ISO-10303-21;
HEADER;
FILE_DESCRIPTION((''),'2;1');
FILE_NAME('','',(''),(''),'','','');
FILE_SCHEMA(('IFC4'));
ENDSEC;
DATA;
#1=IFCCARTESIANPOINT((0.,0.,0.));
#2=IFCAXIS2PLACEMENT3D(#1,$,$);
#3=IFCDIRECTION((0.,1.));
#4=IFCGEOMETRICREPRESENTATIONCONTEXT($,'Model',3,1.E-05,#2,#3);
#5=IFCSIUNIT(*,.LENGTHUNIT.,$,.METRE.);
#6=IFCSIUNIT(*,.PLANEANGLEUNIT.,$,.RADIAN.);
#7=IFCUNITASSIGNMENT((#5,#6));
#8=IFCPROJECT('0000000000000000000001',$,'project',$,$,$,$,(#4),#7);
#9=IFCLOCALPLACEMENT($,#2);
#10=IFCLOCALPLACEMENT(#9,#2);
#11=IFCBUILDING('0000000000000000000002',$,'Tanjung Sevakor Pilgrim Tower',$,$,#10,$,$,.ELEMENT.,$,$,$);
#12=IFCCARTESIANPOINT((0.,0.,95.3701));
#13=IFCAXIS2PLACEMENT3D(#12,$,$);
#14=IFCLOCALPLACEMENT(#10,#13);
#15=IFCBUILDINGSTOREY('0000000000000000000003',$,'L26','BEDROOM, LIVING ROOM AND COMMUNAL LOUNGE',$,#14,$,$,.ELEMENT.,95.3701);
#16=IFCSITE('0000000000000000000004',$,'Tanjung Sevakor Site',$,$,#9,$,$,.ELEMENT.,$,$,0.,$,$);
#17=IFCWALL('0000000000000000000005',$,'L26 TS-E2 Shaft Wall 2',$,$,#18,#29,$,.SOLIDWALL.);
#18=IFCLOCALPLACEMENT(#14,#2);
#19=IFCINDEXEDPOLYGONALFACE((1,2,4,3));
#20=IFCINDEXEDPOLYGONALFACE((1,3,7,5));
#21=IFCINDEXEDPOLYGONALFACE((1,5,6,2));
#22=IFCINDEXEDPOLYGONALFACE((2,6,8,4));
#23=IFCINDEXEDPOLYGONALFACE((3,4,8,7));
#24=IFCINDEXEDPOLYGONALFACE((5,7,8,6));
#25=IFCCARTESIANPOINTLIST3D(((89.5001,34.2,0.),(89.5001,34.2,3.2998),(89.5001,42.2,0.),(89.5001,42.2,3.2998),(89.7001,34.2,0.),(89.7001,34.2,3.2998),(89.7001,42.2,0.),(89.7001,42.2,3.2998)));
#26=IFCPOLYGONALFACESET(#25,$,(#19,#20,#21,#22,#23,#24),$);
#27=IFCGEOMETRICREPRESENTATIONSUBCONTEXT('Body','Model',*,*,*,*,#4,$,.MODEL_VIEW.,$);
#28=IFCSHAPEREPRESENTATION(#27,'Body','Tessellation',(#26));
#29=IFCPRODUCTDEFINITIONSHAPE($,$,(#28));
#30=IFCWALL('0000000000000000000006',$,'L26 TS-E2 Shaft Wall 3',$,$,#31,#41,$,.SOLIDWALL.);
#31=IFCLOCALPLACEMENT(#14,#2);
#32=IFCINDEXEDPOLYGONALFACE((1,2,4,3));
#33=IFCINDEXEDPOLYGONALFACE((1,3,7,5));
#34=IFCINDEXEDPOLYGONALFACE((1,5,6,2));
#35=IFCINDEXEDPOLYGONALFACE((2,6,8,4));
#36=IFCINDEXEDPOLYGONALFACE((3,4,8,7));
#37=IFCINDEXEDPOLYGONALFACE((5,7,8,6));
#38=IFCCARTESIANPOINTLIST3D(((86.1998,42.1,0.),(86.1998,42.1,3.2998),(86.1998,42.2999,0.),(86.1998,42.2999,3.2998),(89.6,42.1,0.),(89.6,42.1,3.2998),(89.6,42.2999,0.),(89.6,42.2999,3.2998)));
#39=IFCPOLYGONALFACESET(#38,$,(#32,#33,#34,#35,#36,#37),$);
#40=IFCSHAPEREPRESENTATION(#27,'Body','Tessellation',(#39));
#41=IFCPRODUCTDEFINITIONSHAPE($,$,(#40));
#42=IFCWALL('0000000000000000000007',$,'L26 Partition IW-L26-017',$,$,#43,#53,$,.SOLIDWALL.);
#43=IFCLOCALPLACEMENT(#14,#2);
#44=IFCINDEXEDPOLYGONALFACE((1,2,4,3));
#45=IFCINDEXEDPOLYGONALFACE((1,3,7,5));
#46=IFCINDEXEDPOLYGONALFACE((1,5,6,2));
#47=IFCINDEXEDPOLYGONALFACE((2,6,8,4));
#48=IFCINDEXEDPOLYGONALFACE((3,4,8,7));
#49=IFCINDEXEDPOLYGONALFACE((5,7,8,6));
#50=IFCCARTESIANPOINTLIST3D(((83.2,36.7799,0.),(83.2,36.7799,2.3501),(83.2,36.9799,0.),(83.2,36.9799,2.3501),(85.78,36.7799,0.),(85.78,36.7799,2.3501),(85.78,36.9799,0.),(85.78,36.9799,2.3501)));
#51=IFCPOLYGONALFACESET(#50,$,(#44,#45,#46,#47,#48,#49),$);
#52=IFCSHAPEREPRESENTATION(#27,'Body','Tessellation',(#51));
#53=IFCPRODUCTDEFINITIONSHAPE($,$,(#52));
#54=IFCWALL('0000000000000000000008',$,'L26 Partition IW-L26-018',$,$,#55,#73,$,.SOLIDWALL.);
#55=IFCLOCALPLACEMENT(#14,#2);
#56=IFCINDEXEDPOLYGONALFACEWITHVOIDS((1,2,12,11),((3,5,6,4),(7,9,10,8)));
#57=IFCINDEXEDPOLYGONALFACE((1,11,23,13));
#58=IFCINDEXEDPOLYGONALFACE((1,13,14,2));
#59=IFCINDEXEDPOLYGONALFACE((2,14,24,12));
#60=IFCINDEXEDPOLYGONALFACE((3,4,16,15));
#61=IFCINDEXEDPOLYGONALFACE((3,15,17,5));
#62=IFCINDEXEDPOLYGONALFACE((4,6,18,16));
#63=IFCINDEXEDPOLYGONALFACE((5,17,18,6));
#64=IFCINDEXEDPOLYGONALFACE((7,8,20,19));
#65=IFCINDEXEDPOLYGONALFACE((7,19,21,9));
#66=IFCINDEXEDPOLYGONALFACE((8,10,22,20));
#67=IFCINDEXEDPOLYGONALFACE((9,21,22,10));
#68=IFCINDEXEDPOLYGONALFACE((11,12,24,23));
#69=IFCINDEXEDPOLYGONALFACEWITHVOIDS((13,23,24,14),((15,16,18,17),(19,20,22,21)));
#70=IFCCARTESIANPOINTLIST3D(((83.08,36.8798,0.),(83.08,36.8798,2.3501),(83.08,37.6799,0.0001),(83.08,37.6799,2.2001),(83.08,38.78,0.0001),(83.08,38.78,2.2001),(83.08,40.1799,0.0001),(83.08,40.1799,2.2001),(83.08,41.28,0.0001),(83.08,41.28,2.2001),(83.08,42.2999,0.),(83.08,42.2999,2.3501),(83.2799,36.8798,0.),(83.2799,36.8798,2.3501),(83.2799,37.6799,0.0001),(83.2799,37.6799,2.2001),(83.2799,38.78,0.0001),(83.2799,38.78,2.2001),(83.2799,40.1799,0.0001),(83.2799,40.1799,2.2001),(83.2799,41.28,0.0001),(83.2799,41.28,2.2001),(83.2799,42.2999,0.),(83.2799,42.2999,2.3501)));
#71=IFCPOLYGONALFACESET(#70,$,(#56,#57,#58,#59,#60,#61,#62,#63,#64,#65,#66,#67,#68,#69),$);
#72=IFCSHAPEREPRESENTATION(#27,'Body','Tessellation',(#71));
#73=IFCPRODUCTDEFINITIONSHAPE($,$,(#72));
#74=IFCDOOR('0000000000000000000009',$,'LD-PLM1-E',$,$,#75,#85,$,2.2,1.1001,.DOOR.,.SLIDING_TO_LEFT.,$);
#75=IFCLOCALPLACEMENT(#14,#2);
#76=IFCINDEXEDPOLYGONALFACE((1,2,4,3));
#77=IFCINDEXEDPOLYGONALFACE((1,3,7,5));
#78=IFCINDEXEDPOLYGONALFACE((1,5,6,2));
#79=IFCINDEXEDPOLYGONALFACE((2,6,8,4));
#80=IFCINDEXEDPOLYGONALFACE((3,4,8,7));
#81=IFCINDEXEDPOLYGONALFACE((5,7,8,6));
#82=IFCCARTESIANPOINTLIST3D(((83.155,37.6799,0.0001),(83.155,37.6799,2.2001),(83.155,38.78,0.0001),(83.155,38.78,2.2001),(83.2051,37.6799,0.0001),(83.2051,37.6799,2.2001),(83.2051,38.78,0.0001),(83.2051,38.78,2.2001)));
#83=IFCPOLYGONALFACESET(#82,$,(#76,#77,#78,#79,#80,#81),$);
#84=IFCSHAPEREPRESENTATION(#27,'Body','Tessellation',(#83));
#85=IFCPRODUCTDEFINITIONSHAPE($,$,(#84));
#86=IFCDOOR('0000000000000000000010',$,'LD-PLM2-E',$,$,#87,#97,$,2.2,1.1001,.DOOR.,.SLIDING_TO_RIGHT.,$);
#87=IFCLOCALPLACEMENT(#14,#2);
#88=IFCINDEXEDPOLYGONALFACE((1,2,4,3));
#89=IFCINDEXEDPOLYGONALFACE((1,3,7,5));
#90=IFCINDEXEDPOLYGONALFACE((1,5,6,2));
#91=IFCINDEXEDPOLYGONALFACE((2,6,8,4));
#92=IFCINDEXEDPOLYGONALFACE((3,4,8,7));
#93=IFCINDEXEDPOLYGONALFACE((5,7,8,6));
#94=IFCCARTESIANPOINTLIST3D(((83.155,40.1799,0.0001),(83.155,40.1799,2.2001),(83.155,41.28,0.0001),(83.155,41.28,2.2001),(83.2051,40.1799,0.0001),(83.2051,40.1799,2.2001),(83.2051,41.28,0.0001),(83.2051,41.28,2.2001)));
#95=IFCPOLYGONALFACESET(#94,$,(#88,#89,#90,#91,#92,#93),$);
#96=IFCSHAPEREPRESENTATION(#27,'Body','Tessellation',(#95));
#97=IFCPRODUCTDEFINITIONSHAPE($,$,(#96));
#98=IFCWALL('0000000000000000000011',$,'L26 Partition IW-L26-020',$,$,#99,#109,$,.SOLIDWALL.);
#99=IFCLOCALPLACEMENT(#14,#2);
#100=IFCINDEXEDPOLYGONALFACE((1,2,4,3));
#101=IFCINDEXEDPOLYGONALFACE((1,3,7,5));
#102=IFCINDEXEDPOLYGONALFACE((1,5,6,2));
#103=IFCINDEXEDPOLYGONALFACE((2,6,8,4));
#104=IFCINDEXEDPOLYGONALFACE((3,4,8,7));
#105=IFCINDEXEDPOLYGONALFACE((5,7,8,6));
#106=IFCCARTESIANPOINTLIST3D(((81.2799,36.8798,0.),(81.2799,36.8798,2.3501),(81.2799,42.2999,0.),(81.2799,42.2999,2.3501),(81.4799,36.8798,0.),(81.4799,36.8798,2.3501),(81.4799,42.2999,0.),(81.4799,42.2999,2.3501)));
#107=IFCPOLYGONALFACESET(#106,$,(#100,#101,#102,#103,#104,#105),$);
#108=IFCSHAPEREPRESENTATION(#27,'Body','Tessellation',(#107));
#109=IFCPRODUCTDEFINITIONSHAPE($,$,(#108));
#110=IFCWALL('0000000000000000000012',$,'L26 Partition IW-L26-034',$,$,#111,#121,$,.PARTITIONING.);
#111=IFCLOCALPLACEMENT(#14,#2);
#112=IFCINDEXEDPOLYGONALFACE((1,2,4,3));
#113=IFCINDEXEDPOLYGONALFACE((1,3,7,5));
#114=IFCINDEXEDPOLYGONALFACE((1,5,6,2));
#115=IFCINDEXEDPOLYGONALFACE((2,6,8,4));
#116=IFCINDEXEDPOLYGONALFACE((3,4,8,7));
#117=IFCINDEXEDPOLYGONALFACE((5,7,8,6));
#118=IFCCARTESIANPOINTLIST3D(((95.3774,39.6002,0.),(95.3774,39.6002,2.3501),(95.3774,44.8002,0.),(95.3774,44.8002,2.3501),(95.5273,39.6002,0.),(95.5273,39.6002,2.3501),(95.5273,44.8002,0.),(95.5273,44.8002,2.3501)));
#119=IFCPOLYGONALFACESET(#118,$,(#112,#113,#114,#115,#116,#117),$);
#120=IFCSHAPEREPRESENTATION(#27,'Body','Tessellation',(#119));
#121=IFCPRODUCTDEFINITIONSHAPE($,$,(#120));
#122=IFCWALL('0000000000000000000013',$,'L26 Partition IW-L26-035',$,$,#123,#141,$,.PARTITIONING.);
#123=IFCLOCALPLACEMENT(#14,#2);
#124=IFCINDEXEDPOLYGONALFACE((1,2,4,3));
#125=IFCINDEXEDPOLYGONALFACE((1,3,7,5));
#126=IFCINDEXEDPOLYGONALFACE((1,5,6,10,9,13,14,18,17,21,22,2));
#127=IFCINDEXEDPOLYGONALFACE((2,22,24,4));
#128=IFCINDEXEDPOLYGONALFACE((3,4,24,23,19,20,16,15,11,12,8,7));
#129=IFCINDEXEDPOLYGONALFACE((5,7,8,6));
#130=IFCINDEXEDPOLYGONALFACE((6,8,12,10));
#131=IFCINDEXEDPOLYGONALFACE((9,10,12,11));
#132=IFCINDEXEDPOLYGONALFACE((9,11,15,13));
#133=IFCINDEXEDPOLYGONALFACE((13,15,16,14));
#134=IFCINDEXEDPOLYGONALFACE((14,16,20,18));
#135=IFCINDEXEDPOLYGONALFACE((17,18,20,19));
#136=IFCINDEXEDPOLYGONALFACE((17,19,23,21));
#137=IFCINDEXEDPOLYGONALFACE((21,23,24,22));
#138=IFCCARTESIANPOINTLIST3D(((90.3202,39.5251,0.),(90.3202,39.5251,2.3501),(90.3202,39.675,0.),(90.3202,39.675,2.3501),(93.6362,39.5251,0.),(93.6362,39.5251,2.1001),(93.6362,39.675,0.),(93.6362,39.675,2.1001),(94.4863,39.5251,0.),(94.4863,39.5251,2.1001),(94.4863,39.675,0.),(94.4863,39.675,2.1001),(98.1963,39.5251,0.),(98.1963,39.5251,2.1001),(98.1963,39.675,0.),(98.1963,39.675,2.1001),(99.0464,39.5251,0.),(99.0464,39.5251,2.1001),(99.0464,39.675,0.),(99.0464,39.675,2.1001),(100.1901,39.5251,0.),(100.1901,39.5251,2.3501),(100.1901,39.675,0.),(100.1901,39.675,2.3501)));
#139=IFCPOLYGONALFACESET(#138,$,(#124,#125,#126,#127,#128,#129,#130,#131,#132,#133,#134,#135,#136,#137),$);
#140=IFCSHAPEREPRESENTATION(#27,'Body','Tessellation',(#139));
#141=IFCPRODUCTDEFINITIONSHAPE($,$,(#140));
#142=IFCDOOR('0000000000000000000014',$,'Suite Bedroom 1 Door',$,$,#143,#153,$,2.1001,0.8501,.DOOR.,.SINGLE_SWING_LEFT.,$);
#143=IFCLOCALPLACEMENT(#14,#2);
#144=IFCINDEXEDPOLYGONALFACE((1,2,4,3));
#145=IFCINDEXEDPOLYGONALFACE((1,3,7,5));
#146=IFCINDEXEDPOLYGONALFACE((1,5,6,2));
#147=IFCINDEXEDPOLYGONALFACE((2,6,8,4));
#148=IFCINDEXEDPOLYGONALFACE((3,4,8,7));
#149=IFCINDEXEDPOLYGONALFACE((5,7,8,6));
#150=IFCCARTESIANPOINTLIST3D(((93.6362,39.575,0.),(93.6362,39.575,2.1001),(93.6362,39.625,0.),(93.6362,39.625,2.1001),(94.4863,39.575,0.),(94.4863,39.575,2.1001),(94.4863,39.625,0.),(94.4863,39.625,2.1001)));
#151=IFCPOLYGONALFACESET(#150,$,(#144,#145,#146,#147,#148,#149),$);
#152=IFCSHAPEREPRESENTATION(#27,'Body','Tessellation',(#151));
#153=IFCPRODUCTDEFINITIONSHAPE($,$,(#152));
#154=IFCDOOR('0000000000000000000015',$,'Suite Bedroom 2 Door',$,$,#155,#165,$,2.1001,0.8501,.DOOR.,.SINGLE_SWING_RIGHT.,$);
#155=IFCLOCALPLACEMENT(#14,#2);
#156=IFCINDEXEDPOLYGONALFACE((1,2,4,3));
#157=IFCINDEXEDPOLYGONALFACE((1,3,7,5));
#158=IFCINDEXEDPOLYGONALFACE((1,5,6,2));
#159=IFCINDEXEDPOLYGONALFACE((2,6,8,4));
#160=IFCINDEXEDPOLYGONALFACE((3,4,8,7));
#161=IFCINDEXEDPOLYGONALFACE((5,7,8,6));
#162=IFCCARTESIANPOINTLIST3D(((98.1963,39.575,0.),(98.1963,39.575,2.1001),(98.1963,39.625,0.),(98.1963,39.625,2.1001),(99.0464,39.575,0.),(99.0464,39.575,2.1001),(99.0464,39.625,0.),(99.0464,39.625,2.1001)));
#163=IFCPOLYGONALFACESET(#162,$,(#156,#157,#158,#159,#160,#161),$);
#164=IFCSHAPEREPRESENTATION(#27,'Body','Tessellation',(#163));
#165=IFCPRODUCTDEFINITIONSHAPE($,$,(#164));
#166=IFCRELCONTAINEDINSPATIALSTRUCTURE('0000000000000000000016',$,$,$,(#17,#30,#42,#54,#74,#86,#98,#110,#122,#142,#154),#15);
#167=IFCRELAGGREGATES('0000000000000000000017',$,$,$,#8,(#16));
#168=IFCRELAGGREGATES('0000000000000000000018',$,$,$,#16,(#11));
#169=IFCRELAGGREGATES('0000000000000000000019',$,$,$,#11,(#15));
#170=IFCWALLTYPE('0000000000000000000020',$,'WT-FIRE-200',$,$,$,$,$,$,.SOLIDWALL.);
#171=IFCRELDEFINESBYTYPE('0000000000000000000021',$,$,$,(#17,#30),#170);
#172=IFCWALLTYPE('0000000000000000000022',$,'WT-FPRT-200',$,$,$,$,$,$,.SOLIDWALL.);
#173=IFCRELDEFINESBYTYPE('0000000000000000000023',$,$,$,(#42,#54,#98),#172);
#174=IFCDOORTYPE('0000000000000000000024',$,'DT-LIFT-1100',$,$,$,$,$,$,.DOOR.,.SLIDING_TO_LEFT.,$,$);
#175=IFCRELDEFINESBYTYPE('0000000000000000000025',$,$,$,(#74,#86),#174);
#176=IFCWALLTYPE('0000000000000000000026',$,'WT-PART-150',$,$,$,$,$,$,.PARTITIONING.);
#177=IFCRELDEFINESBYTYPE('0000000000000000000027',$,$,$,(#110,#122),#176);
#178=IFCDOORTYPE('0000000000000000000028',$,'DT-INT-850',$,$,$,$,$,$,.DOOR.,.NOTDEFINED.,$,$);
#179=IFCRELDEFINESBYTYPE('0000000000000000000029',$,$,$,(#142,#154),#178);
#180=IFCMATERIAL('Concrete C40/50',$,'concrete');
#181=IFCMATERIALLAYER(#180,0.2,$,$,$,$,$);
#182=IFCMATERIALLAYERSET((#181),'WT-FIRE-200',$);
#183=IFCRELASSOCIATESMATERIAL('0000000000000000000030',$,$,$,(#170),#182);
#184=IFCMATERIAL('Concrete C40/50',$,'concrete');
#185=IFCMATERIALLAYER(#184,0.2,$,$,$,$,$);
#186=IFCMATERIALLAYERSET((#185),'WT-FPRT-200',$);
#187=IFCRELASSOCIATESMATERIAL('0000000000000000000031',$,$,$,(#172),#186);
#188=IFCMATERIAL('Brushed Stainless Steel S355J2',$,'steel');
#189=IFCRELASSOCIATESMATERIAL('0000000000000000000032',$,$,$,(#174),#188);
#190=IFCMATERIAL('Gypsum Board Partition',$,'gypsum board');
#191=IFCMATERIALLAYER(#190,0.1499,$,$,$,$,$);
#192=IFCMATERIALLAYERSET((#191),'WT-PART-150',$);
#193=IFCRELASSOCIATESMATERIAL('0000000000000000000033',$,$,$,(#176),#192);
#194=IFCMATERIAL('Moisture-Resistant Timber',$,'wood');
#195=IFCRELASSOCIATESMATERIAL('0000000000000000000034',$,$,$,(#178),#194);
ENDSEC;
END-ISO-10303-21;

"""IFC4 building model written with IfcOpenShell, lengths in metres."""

from ifc_helpers import new_model, si_unit, direction, frame, frame_2d, origin, place, context, subcontext, project, spatial, rectangle, extrude, material, layer, layer_set, type_object, element, fill, save


model = new_model("IFC4")

# Units and contexts
model_context = context("Model", 3, precision=1e-05, world=origin(), true_north=direction((0.0, 1.0)))
body_context = subcontext(model_context, "Body", "Model", "MODEL_VIEW")
ifc_project = project(units=[si_unit("LENGTHUNIT", "METRE"), si_unit("PLANEANGLEUNIT", "RADIAN")], contexts=[model_context])

# Site, building, storey
site_placement = place(None, origin())
site = spatial("IfcSite", under=ifc_project, at=site_placement, Name="Tanjung Sevakor Site", CompositionType="ELEMENT", RefElevation=0.0)
building_placement = place(site_placement, origin())
building = spatial("IfcBuilding", under=site, at=building_placement, Name="Tanjung Sevakor Pilgrim Tower", CompositionType="ELEMENT")
storey_placement = place(building_placement, frame((0.0, 0.0, 95.3701)))
storey = spatial("IfcBuildingStorey", under=building, at=storey_placement, Name="L26", Description="BEDROOM, LIVING ROOM AND COMMUNAL LOUNGE", CompositionType="ELEMENT", Elevation=95.3701)

# Walls
ifc_material_1 = material(Name="Concrete C40/50", Category="concrete")
ifc_layer_1 = layer(ifc_material_1, 0.2)
ifc_layer_set_1 = layer_set([ifc_layer_1], Name="WT-FIRE-200")
wall_type_1 = type_object("IfcWallType", Name="WT-FIRE-200", PredefinedType="SOLIDWALL", material=ifc_layer_set_1)
wall_1_placement = place(storey_placement, frame((89.6001, 34.2, 0.0), z_axis=(0.0, 0.0, 1.0), x_axis=(0.0, 1.0, 0.0)))
element("IfcWall", 1, at=wall_1_placement, inside=storey, type_object=wall_type_1, Name="L26 TS-E2 Shaft Wall 2", PredefinedType="SOLIDWALL", context=body_context, shape_type="SweptSolid", body=[
    extrude(rectangle(XDim=8.0, YDim=0.2, at=frame_2d((4.0, 0.0))), origin(), (0.0, 0.0, 1.0), 3.2998),
])
wall_2_placement = place(storey_placement, frame((89.6001, 42.2, 0.0), z_axis=(0.0, 0.0, 1.0), x_axis=(-1.0, 0.0, 0.0)))
element("IfcWall", 2, at=wall_2_placement, inside=storey, type_object=wall_type_1, Name="L26 TS-E2 Shaft Wall 3", PredefinedType="SOLIDWALL", context=body_context, shape_type="SweptSolid", body=[
    extrude(rectangle(XDim=3.4001, YDim=0.2, at=frame_2d((1.7002, 0.0))), origin(), (0.0, 0.0, 1.0), 3.2998),
])
ifc_material_2 = material(Name="Concrete C40/50", Category="concrete")
ifc_layer_2 = layer(ifc_material_2, 0.2)
ifc_layer_set_2 = layer_set([ifc_layer_2], Name="WT-FPRT-200")
wall_type_2 = type_object("IfcWallType", Name="WT-FPRT-200", PredefinedType="SOLIDWALL", material=ifc_layer_set_2)
wall_3_placement = place(storey_placement, frame((83.2, 36.8799, 0.0), z_axis=(0.0, 0.0, 1.0), x_axis=(1.0, 0.0, 0.0)))
element("IfcWall", 3, at=wall_3_placement, inside=storey, type_object=wall_type_2, Name="L26 Partition IW-L26-017", PredefinedType="SOLIDWALL", context=body_context, shape_type="SweptSolid", body=[
    extrude(rectangle(XDim=2.5801, YDim=0.2, at=frame_2d((1.29, 0.0))), origin(), (0.0, 0.0, 1.0), 2.3501),
])

# Wall, openings, doors
wall_4_placement = place(storey_placement, frame((83.1799, 36.8799, 0.0), z_axis=(0.0, 0.0, 1.0), x_axis=(0.0, 1.0, 0.0)))
wall_4 = element("IfcWall", 4, at=wall_4_placement, inside=storey, type_object=wall_type_2, Name="L26 Partition IW-L26-018", PredefinedType="SOLIDWALL", context=body_context, shape_type="SweptSolid", body=[
    extrude(rectangle(XDim=5.4202, YDim=0.2, at=frame_2d((2.71, 0.0))), origin(), (0.0, 0.0, 1.0), 2.3501),
])
opening_1_placement = place(wall_4_placement, frame((0.8, 0.0, 0.0)))
opening_1 = element("IfcOpeningElement", 5, at=opening_1_placement, cuts=wall_4, PredefinedType="OPENING", context=body_context, shape_type="SweptSolid", body=[
    extrude(rectangle(XDim=1.1001, YDim=2.2, at=frame_2d((0.55, 1.1001))), frame((0.0, 0.1099, 0.0), z_axis=(0.0, -1.0, 0.0), x_axis=(1.0, 0.0, 0.0)), (0.0, 0.0, 1.0), 0.22),
])
opening_2_placement = place(wall_4_placement, frame((3.3, 0.0, 0.0)))
opening_2 = element("IfcOpeningElement", 6, at=opening_2_placement, cuts=wall_4, PredefinedType="OPENING", context=body_context, shape_type="SweptSolid", body=[
    extrude(rectangle(XDim=1.1001, YDim=2.2, at=frame_2d((0.55, 1.1001))), frame((0.0, 0.1099, 0.0), z_axis=(0.0, -1.0, 0.0), x_axis=(1.0, 0.0, 0.0)), (0.0, 0.0, 1.0), 0.22),
])
ifc_material_3 = material(Name="Brushed Stainless Steel S355J2", Category="steel")
door_type_1 = type_object("IfcDoorType", Name="DT-LIFT-1100", OperationType="SLIDING_TO_LEFT", PredefinedType="DOOR", material=ifc_material_3)
door_1_placement = place(opening_1_placement, origin())
door_1 = element("IfcDoor", 7, at=door_1_placement, inside=storey, type_object=door_type_1, Name="LD-PLM1-E", OperationType="SLIDING_TO_LEFT", OverallHeight=2.2, OverallWidth=1.1001, PredefinedType="DOOR", context=body_context, shape_type="SweptSolid", body=[
    extrude(rectangle(XDim=1.1001, YDim=2.2, at=frame_2d((0.55, 1.1001))), frame((0.0, 0.0249, 0.0), z_axis=(0.0, -1.0, 0.0), x_axis=(1.0, 0.0, 0.0)), (0.0, 0.0, 1.0), 0.05),
])
fill(opening_1, door_1)
door_2_placement = place(opening_2_placement, origin())
door_2 = element("IfcDoor", 8, at=door_2_placement, inside=storey, type_object=door_type_1, Name="LD-PLM2-E", OperationType="SLIDING_TO_RIGHT", OverallHeight=2.2, OverallWidth=1.1001, PredefinedType="DOOR", context=body_context, shape_type="SweptSolid", body=[
    extrude(rectangle(XDim=1.1001, YDim=2.2, at=frame_2d((0.55, 1.1001))), frame((0.0, 0.0249, 0.0), z_axis=(0.0, -1.0, 0.0), x_axis=(1.0, 0.0, 0.0)), (0.0, 0.0, 1.0), 0.05),
])
fill(opening_2, door_2)

# Walls
wall_5_placement = place(storey_placement, frame((81.3799, 36.8799, 0.0), z_axis=(0.0, 0.0, 1.0), x_axis=(0.0, 1.0, 0.0)))
element("IfcWall", 9, at=wall_5_placement, inside=storey, type_object=wall_type_2, Name="L26 Partition IW-L26-020", PredefinedType="SOLIDWALL", context=body_context, shape_type="SweptSolid", body=[
    extrude(rectangle(XDim=5.4202, YDim=0.2, at=frame_2d((2.71, 0.0))), origin(), (0.0, 0.0, 1.0), 2.3501),
])
ifc_material_4 = material(Name="Gypsum Board Partition", Category="gypsum board")
ifc_layer_3 = layer(ifc_material_4, 0.1499)
ifc_layer_set_3 = layer_set([ifc_layer_3], Name="WT-PART-150")
wall_type_3 = type_object("IfcWallType", Name="WT-PART-150", PredefinedType="PARTITIONING", material=ifc_layer_set_3)
wall_6_placement = place(storey_placement, frame((95.4524, 39.6001, 0.0), z_axis=(0.0, 0.0, 1.0), x_axis=(0.0, 1.0, 0.0)))
element("IfcWall", 10, at=wall_6_placement, inside=storey, type_object=wall_type_3, Name="L26 Partition IW-L26-034", PredefinedType="PARTITIONING", context=body_context, shape_type="SweptSolid", body=[
    extrude(rectangle(XDim=5.2, YDim=0.1499, at=frame_2d((2.6001, 0.0))), origin(), (0.0, 0.0, 1.0), 2.3501),
])

# Wall, openings, doors
wall_7_placement = place(storey_placement, frame((90.3201, 39.6001, 0.0), z_axis=(0.0, 0.0, 1.0), x_axis=(1.0, 0.0, 0.0)))
wall_7 = element("IfcWall", 11, at=wall_7_placement, inside=storey, type_object=wall_type_3, Name="L26 Partition IW-L26-035", PredefinedType="PARTITIONING", context=body_context, shape_type="SweptSolid", body=[
    extrude(rectangle(XDim=9.8699, YDim=0.1499, at=frame_2d((4.9351, 0.0))), origin(), (0.0, 0.0, 1.0), 2.3501),
])
opening_3_placement = place(wall_7_placement, frame((3.3162, 0.0, 0.0)))
opening_3 = element("IfcOpeningElement", 12, at=opening_3_placement, cuts=wall_7, PredefinedType="OPENING", context=body_context, shape_type="SweptSolid", body=[
    extrude(rectangle(XDim=0.8501, YDim=2.1001, at=frame_2d((0.425, 1.05))), frame((0.0, 0.085, 0.0), z_axis=(0.0, -1.0, 0.0), x_axis=(1.0, 0.0, 0.0)), (0.0, 0.0, 1.0), 0.1699),
])
opening_4_placement = place(wall_7_placement, frame((7.8762, 0.0, 0.0)))
opening_4 = element("IfcOpeningElement", 13, at=opening_4_placement, cuts=wall_7, PredefinedType="OPENING", context=body_context, shape_type="SweptSolid", body=[
    extrude(rectangle(XDim=0.8501, YDim=2.1001, at=frame_2d((0.425, 1.05))), frame((0.0, 0.085, 0.0), z_axis=(0.0, -1.0, 0.0), x_axis=(1.0, 0.0, 0.0)), (0.0, 0.0, 1.0), 0.1699),
])
ifc_material_5 = material(Name="Moisture-Resistant Timber", Category="wood")
door_type_2 = type_object("IfcDoorType", Name="DT-INT-850", OperationType="NOTDEFINED", PredefinedType="DOOR", material=ifc_material_5)
door_3_placement = place(opening_3_placement, origin())
door_3 = element("IfcDoor", 14, at=door_3_placement, inside=storey, type_object=door_type_2, Name="Suite Bedroom 1 Door", OperationType="SINGLE_SWING_LEFT", OverallHeight=2.1001, OverallWidth=0.8501, PredefinedType="DOOR", context=body_context, shape_type="SweptSolid", body=[
    extrude(rectangle(XDim=0.8501, YDim=2.1001, at=frame_2d((0.425, 1.05))), frame((0.0, 0.0249, 0.0), z_axis=(0.0, -1.0, 0.0), x_axis=(1.0, 0.0, 0.0)), (0.0, 0.0, 1.0), 0.05),
])
fill(opening_3, door_3)
door_4_placement = place(opening_4_placement, origin())
door_4 = element("IfcDoor", 15, at=door_4_placement, inside=storey, type_object=door_type_2, Name="Suite Bedroom 2 Door", OperationType="SINGLE_SWING_RIGHT", OverallHeight=2.1001, OverallWidth=0.8501, PredefinedType="DOOR", context=body_context, shape_type="SweptSolid", body=[
    extrude(rectangle(XDim=0.8501, YDim=2.1001, at=frame_2d((0.425, 1.05))), frame((0.0, 0.0249, 0.0), z_axis=(0.0, -1.0, 0.0), x_axis=(1.0, 0.0, 0.0)), (0.0, 0.0, 1.0), 0.05),
])
fill(opening_4, door_4)

save(model, "model.ifc")
